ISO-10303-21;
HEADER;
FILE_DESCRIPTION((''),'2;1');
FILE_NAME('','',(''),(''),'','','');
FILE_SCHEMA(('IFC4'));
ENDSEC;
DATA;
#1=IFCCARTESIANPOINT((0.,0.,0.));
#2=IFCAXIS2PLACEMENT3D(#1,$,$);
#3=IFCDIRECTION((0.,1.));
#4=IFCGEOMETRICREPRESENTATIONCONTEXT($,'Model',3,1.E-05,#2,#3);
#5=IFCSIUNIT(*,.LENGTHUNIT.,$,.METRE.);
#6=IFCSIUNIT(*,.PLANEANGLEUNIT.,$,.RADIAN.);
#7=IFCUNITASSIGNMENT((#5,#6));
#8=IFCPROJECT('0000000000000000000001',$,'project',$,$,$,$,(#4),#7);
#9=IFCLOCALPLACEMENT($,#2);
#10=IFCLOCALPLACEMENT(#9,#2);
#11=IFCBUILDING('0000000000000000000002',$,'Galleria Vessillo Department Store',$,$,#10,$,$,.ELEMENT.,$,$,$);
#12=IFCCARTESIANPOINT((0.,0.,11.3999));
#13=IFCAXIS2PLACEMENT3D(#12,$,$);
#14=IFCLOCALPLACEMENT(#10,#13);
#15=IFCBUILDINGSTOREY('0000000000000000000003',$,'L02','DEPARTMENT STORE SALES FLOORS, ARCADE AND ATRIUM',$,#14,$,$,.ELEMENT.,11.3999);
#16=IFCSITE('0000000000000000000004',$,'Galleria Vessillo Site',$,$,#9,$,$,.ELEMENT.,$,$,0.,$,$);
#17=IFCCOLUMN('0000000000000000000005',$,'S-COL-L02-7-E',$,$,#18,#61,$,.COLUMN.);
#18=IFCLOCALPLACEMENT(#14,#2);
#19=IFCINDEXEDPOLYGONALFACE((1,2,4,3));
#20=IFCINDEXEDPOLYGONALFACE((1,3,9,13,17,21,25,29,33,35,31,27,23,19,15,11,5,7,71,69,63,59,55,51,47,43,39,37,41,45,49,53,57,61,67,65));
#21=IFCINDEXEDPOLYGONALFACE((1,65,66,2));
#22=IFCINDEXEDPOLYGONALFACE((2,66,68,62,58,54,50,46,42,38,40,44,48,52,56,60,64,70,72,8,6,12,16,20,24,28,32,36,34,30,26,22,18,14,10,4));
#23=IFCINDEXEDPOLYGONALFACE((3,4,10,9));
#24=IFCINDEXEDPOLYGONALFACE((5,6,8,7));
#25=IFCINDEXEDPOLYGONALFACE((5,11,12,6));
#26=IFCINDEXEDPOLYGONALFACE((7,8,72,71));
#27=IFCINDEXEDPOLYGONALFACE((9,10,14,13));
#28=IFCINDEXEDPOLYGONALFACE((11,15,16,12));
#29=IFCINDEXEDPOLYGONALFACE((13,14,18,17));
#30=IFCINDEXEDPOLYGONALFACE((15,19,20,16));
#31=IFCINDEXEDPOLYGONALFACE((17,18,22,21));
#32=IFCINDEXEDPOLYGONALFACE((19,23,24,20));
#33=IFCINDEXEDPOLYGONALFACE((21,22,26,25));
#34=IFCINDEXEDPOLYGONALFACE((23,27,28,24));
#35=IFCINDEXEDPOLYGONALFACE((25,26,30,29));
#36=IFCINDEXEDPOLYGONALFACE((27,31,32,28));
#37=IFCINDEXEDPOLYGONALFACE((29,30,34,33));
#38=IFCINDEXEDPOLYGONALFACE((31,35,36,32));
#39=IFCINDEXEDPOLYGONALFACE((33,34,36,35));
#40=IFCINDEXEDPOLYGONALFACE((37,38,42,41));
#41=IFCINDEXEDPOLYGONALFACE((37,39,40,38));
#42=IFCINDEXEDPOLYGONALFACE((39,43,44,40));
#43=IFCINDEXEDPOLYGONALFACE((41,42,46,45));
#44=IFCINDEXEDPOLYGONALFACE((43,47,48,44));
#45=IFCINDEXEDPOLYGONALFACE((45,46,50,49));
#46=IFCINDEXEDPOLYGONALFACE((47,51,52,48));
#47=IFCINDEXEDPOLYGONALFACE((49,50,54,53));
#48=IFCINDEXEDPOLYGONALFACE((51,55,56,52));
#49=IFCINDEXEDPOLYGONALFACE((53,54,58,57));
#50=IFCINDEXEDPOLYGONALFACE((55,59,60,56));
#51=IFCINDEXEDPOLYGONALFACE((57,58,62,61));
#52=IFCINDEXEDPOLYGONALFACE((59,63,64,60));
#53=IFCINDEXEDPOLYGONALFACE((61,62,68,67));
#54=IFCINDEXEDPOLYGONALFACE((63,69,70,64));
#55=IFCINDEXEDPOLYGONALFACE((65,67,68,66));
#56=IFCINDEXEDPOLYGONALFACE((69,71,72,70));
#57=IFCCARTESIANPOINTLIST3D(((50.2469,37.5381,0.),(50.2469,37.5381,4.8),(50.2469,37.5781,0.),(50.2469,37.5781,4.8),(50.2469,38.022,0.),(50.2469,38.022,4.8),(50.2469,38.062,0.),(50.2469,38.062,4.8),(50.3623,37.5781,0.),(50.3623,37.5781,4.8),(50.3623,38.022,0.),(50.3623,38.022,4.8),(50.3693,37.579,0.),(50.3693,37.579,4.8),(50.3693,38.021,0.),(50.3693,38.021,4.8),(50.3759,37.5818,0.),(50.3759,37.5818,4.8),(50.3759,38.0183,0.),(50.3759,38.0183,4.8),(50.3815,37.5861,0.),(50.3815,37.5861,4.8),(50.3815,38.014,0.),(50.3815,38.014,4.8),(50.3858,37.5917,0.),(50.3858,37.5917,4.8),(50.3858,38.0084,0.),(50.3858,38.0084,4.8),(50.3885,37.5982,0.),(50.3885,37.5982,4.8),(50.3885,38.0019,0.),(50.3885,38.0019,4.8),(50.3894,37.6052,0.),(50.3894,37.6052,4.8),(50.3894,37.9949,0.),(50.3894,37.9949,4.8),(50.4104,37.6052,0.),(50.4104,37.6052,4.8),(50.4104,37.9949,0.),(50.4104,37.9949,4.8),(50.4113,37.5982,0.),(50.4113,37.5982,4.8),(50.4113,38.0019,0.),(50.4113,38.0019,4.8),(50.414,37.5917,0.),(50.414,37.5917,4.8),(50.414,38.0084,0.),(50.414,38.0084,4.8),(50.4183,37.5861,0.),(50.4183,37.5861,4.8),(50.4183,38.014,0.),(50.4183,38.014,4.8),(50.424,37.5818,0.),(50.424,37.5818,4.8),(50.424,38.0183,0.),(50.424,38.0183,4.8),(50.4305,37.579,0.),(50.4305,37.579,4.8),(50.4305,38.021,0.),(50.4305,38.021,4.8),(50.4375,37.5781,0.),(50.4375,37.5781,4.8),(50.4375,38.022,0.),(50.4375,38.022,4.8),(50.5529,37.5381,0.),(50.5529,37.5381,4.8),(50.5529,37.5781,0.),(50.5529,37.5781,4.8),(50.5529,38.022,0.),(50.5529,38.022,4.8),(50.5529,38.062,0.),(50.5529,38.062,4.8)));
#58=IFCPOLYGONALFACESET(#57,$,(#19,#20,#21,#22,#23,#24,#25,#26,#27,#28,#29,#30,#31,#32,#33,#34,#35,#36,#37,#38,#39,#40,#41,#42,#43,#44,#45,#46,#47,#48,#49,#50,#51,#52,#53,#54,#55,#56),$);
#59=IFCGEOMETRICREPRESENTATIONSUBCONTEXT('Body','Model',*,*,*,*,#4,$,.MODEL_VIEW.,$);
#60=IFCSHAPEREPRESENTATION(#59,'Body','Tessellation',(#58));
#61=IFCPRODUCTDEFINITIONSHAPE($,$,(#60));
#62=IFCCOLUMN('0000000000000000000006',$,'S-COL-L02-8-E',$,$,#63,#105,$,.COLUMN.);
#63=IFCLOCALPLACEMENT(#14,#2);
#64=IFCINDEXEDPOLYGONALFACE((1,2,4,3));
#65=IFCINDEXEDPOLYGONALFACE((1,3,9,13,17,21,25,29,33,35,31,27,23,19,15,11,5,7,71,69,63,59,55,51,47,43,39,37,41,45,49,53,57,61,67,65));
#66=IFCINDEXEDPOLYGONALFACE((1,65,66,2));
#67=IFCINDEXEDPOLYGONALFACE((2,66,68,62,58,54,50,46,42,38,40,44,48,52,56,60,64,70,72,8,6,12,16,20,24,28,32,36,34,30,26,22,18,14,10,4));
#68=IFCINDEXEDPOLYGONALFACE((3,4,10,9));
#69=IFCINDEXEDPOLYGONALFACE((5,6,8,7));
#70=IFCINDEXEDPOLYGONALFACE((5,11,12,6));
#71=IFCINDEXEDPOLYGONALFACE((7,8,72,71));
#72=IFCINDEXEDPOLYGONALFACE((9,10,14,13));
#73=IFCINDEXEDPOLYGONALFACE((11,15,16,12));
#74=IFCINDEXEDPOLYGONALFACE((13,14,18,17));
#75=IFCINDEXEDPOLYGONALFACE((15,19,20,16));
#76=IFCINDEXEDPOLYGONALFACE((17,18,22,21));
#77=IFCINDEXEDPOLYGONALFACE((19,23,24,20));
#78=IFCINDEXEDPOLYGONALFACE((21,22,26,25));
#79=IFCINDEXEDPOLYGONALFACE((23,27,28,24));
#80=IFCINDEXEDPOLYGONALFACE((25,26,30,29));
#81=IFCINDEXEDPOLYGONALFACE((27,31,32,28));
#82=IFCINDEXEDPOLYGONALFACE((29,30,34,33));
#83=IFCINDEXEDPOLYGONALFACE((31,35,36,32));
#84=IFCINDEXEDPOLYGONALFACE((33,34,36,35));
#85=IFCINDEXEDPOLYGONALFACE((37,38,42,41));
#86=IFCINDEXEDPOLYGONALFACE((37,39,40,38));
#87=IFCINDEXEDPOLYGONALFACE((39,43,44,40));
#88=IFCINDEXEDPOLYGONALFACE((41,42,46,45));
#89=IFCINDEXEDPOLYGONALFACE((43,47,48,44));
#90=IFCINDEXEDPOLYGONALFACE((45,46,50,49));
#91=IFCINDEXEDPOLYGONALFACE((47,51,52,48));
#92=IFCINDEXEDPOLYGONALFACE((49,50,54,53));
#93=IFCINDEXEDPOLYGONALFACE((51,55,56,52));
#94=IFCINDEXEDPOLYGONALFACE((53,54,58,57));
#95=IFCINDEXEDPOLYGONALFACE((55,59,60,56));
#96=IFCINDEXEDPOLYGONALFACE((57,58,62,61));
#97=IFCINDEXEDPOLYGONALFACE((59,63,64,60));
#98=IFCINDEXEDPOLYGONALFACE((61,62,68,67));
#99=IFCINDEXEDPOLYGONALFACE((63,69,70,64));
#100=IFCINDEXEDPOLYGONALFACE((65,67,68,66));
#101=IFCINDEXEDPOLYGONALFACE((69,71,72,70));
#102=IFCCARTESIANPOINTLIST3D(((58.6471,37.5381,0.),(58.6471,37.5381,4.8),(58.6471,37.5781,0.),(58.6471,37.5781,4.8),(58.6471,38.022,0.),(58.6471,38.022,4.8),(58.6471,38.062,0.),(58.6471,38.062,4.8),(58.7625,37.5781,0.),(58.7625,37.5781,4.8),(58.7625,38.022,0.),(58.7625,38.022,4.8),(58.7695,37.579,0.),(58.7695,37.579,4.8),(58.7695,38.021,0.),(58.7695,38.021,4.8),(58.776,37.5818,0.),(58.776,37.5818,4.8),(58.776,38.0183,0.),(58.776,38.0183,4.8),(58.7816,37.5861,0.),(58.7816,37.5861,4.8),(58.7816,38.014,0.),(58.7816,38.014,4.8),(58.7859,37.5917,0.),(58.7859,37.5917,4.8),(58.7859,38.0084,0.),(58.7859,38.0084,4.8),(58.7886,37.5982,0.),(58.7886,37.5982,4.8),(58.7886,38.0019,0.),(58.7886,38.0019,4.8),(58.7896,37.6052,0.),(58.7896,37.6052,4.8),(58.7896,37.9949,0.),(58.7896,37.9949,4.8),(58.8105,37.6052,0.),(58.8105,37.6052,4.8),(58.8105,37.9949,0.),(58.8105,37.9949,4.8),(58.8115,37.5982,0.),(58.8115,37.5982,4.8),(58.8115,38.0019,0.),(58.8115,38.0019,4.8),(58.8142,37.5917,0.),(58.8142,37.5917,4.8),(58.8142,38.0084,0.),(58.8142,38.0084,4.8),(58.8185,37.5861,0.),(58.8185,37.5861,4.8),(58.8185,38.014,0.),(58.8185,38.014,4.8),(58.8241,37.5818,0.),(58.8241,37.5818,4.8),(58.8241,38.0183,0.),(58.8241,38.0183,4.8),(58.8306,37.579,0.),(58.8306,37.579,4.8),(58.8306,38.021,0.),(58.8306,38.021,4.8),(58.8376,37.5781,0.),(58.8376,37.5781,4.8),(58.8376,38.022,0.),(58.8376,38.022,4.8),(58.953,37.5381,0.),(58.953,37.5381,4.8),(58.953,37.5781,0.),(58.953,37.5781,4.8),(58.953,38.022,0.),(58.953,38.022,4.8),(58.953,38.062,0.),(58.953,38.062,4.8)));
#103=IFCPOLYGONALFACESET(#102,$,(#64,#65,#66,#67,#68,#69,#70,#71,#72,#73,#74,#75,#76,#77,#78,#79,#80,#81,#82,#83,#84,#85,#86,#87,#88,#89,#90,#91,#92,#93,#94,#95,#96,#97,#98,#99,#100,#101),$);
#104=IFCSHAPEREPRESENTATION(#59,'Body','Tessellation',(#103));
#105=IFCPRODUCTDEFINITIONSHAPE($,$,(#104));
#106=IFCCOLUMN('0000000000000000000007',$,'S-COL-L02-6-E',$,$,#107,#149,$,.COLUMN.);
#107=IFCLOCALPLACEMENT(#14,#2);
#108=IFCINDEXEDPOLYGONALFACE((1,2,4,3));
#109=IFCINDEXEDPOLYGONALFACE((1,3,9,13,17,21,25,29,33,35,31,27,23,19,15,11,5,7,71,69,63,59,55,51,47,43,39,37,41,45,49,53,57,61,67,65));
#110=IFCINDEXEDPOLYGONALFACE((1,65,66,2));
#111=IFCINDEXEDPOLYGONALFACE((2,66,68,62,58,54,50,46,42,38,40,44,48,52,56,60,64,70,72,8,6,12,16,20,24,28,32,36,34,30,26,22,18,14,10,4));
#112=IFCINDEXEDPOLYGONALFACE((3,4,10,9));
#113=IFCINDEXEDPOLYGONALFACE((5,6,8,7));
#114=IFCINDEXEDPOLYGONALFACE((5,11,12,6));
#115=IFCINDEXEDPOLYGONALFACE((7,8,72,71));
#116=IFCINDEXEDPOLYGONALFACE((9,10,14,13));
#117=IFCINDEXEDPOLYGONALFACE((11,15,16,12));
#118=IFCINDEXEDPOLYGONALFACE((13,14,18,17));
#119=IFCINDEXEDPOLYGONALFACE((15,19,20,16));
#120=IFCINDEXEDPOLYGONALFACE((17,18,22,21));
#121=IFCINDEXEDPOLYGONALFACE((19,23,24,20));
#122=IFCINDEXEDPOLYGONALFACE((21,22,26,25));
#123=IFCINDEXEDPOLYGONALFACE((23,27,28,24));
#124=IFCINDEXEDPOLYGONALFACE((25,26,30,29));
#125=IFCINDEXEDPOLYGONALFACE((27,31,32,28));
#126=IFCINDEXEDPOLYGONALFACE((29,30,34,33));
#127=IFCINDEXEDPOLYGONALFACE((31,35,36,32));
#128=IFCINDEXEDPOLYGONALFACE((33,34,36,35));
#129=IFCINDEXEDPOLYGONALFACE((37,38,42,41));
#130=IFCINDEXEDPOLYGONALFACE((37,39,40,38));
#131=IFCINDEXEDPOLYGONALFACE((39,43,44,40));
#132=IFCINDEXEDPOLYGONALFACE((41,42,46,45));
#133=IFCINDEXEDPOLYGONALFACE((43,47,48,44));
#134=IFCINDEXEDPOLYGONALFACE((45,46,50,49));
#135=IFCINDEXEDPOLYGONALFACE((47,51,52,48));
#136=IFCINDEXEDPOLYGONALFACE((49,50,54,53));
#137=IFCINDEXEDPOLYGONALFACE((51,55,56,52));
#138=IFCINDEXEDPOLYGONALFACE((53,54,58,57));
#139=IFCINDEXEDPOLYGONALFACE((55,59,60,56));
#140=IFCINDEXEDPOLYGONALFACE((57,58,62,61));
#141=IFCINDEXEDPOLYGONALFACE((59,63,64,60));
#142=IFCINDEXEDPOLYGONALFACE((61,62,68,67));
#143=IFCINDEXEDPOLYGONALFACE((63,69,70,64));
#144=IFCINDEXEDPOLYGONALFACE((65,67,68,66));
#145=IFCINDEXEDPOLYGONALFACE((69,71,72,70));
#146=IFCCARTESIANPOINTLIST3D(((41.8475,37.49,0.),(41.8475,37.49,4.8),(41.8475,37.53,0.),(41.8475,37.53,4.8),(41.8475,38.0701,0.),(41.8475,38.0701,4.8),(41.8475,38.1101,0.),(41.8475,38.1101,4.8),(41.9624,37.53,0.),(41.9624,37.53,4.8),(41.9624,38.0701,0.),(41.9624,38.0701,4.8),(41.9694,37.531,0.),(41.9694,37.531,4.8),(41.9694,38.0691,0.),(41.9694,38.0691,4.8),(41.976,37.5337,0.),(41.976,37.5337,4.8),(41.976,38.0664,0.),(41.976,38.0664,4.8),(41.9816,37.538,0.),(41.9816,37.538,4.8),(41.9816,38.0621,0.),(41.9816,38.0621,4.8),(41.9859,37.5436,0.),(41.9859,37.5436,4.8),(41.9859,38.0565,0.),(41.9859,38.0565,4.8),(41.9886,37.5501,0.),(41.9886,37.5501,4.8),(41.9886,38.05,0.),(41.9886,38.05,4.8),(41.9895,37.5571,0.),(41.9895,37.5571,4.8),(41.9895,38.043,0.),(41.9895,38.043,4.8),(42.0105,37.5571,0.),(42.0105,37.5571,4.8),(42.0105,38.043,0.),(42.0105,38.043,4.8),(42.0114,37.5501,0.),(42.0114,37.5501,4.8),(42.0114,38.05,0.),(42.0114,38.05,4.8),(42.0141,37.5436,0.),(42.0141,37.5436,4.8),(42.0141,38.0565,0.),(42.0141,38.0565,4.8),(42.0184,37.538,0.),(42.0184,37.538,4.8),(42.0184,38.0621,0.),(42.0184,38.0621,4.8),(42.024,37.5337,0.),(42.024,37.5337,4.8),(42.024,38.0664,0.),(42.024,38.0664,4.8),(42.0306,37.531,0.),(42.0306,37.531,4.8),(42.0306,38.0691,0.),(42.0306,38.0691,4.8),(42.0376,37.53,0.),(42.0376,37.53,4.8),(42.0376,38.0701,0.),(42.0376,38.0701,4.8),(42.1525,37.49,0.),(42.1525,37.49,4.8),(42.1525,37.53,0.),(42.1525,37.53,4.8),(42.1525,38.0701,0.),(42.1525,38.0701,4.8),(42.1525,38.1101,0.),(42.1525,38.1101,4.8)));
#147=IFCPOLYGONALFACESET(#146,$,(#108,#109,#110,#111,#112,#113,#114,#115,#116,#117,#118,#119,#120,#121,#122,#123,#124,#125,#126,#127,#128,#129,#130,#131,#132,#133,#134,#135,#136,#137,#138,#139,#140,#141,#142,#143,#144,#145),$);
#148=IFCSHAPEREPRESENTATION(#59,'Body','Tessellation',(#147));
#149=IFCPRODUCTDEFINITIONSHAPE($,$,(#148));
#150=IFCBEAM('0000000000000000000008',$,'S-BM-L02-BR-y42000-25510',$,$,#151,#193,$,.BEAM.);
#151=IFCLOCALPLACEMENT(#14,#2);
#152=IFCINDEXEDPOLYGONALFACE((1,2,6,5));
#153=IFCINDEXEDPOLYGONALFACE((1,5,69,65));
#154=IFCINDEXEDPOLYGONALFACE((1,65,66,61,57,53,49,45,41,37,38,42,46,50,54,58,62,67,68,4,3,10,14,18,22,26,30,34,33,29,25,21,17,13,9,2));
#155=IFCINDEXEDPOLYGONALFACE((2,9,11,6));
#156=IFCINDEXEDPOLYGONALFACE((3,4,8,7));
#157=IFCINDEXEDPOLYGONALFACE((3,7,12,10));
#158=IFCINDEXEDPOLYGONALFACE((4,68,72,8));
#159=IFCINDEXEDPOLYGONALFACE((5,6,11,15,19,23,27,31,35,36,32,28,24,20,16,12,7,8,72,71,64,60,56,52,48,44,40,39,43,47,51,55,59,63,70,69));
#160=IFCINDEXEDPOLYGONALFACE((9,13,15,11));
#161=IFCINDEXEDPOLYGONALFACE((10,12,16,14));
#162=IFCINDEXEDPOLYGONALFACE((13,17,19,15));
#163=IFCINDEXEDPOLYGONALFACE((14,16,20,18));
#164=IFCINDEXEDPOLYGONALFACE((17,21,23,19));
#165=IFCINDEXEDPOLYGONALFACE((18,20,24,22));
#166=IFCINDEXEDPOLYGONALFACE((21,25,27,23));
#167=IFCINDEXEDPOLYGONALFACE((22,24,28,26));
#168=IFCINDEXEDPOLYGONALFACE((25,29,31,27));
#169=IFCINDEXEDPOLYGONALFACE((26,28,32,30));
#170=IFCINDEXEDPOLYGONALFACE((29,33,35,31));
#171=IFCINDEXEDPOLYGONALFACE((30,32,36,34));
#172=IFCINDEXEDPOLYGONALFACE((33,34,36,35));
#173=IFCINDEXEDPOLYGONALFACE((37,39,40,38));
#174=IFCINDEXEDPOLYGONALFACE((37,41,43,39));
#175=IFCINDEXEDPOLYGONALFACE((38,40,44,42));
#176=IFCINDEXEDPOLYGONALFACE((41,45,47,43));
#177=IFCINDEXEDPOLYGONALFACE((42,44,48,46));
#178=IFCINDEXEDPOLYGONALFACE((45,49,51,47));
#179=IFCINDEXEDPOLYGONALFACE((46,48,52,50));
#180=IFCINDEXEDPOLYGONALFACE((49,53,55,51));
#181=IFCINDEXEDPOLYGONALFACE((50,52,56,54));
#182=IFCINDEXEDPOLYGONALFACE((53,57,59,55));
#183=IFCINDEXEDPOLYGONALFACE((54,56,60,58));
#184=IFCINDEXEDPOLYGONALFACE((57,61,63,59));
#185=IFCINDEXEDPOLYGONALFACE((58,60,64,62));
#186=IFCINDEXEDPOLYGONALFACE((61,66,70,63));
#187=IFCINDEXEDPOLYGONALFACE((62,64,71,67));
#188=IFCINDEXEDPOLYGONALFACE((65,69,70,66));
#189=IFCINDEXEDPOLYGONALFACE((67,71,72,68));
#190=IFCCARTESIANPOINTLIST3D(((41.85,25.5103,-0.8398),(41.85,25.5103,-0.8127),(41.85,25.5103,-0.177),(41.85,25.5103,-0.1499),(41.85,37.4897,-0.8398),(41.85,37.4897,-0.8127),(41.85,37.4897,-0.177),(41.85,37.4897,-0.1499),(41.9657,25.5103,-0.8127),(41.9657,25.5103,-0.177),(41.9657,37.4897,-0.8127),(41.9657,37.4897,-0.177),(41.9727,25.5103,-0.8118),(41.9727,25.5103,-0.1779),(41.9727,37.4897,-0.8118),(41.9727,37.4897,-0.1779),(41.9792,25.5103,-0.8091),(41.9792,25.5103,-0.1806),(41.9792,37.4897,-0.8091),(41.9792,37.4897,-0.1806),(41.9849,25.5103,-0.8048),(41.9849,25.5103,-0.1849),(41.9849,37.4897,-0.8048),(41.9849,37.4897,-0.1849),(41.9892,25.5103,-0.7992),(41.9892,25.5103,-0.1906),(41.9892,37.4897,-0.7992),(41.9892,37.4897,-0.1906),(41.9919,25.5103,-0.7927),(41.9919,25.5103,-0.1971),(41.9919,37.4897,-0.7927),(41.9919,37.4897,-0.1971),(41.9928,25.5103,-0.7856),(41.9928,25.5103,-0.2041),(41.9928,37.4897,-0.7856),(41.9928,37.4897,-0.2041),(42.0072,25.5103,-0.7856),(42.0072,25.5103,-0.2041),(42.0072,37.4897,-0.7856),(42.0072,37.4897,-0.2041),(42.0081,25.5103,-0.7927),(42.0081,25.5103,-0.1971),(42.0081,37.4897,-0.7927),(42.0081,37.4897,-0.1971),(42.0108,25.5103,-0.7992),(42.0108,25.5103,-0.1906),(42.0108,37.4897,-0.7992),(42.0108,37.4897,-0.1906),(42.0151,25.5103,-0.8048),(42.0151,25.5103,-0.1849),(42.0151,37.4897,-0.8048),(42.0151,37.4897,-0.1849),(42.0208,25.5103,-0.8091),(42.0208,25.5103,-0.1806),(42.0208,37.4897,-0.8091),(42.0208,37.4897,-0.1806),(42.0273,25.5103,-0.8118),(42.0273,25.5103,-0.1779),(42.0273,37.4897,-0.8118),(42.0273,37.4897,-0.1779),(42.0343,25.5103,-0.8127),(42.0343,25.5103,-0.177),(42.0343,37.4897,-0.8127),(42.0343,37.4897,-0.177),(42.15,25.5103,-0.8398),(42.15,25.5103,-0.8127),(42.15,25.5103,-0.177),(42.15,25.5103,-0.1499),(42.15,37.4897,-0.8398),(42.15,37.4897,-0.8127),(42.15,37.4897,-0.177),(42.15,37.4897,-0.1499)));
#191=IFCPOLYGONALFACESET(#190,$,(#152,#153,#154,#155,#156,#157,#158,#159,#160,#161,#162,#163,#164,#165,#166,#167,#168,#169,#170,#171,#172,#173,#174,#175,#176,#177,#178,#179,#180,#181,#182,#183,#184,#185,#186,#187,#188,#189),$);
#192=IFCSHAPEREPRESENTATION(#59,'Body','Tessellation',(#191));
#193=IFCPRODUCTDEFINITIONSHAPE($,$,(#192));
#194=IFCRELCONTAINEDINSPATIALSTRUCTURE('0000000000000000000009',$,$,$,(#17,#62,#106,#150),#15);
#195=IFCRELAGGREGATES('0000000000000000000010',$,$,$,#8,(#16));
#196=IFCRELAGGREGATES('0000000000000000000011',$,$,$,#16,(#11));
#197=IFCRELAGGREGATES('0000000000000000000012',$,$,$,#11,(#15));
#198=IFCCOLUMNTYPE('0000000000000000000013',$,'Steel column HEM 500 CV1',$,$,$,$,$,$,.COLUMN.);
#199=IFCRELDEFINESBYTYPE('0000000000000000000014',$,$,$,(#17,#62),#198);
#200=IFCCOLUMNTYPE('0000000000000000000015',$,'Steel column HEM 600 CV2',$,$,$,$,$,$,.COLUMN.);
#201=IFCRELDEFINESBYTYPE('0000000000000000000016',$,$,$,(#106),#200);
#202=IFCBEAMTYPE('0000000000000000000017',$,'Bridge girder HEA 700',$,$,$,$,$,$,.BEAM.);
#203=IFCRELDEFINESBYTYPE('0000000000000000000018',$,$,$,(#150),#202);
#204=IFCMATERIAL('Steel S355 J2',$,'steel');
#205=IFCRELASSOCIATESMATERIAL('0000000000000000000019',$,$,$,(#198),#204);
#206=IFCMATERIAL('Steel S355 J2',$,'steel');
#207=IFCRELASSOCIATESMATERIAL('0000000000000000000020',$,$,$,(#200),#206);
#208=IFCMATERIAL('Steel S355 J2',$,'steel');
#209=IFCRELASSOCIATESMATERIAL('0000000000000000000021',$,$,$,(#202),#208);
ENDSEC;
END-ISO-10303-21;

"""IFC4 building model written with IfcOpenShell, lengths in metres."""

from ifc_helpers import new_model, si_unit, direction, frame, origin, origin_2d, place, context, subcontext, project, spatial, i_section, extrude, material, material_profile, profile_set, type_object, element, save


model = new_model("IFC4")

# Units and contexts
model_context = context("Model", 3, precision=1e-05, world=origin(), true_north=direction((0.0, 1.0)))
body_context = subcontext(model_context, "Body", "Model", "MODEL_VIEW")
ifc_project = project(units=[si_unit("LENGTHUNIT", "METRE"), si_unit("PLANEANGLEUNIT", "RADIAN")], contexts=[model_context])

# Site, building, storey
site_placement = place(None, origin())
site = spatial("IfcSite", under=ifc_project, at=site_placement, Name="Galleria Vessillo Site", CompositionType="ELEMENT", RefElevation=0.0)
building_placement = place(site_placement, origin())
building = spatial("IfcBuilding", under=site, at=building_placement, Name="Galleria Vessillo Department Store", CompositionType="ELEMENT")
storey_placement = place(building_placement, frame((0.0, 0.0, 11.3999)))
storey = spatial("IfcBuildingStorey", under=building, at=storey_placement, Name="L02", Description="DEPARTMENT STORE SALES FLOORS, ARCADE AND ATRIUM", CompositionType="ELEMENT", Elevation=11.3999)

# Columns
ifc_material_1 = material(Name="Steel S355 J2", Category="steel")
ifc_material_profile_1 = material_profile(ifc_material_1, i_section(OverallWidth=0.3059, OverallDepth=0.5239, WebThickness=0.021, FlangeThickness=0.04, FilletRadius=0.0271, at=origin_2d()), Name="HEM 500")
ifc_profile_set_1 = profile_set([ifc_material_profile_1], Name="Steel S355 J2")
column_type_1 = type_object("IfcColumnType", Name="Steel column HEM 500 CV1", PredefinedType="COLUMN", material=ifc_profile_set_1)
for number, where, z_axis, x_axis, name in (
    (1, (50.3999, 37.8, 0.0), (0.0, 0.0, 1.0), (1.0, 0.0, 0.0), "S-COL-L02-7-E"),
    (2, (58.8, 37.8, 0.0), (0.0, 0.0, 1.0), (1.0, 0.0, 0.0), "S-COL-L02-8-E"),
):
    element("IfcColumn", number, at=place(storey_placement, frame(where, z_axis=z_axis, x_axis=x_axis)), inside=storey, type_object=column_type_1, Name=name, PredefinedType="COLUMN", context=body_context, shape_type="SweptSolid", body=[
        extrude(i_section(OverallWidth=0.3059, OverallDepth=0.5239, WebThickness=0.021, FlangeThickness=0.04, FilletRadius=0.0271, at=origin_2d()), origin(), (0.0, 0.0, 1.0), 4.8),
    ])
ifc_material_2 = material(Name="Steel S355 J2", Category="steel")
ifc_material_profile_2 = material_profile(ifc_material_2, i_section(OverallWidth=0.3049, OverallDepth=0.6201, WebThickness=0.021, FlangeThickness=0.04, FilletRadius=0.0271, at=origin_2d()), Name="HEM 600")
ifc_profile_set_2 = profile_set([ifc_material_profile_2], Name="Steel S355 J2")
column_type_2 = type_object("IfcColumnType", Name="Steel column HEM 600 CV2", PredefinedType="COLUMN", material=ifc_profile_set_2)
column_placement = place(storey_placement, frame((42.0, 37.8, 0.0), z_axis=(0.0, 0.0, 1.0), x_axis=(1.0, 0.0, 0.0)))
element("IfcColumn", 3, at=column_placement, inside=storey, type_object=column_type_2, Name="S-COL-L02-6-E", PredefinedType="COLUMN", context=body_context, shape_type="SweptSolid", body=[
    extrude(i_section(OverallWidth=0.3049, OverallDepth=0.6201, WebThickness=0.021, FlangeThickness=0.04, FilletRadius=0.0271, at=origin_2d()), origin(), (0.0, 0.0, 1.0), 4.8),
])

# Beam
ifc_material_3 = material(Name="Steel S355 J2", Category="steel")
ifc_material_profile_3 = material_profile(ifc_material_3, i_section(OverallWidth=0.3, OverallDepth=0.6899, WebThickness=0.0144, FlangeThickness=0.0271, FilletRadius=0.0271, at=origin_2d()), Name="HEA 700")
ifc_profile_set_3 = profile_set([ifc_material_profile_3], Name="Steel S355 J2")
beam_type_1 = type_object("IfcBeamType", Name="Bridge girder HEA 700", PredefinedType="BEAM", material=ifc_profile_set_3)
beam_1_placement = place(storey_placement, frame((42.0, 25.5103, -0.4949), z_axis=(0.0, 1.0, 0.0), x_axis=(-1.0, 0.0, 0.0)))
element("IfcBeam", 4, at=beam_1_placement, inside=storey, type_object=beam_type_1, Name="S-BM-L02-BR-y42000-25510", PredefinedType="BEAM", context=body_context, shape_type="SweptSolid", body=[
    extrude(i_section(OverallWidth=0.3, OverallDepth=0.6899, WebThickness=0.0144, FlangeThickness=0.0271, FilletRadius=0.0271, at=origin_2d()), origin(), (0.0, 0.0, 1.0), 11.9795),
])

save(model, "model.ifc")
